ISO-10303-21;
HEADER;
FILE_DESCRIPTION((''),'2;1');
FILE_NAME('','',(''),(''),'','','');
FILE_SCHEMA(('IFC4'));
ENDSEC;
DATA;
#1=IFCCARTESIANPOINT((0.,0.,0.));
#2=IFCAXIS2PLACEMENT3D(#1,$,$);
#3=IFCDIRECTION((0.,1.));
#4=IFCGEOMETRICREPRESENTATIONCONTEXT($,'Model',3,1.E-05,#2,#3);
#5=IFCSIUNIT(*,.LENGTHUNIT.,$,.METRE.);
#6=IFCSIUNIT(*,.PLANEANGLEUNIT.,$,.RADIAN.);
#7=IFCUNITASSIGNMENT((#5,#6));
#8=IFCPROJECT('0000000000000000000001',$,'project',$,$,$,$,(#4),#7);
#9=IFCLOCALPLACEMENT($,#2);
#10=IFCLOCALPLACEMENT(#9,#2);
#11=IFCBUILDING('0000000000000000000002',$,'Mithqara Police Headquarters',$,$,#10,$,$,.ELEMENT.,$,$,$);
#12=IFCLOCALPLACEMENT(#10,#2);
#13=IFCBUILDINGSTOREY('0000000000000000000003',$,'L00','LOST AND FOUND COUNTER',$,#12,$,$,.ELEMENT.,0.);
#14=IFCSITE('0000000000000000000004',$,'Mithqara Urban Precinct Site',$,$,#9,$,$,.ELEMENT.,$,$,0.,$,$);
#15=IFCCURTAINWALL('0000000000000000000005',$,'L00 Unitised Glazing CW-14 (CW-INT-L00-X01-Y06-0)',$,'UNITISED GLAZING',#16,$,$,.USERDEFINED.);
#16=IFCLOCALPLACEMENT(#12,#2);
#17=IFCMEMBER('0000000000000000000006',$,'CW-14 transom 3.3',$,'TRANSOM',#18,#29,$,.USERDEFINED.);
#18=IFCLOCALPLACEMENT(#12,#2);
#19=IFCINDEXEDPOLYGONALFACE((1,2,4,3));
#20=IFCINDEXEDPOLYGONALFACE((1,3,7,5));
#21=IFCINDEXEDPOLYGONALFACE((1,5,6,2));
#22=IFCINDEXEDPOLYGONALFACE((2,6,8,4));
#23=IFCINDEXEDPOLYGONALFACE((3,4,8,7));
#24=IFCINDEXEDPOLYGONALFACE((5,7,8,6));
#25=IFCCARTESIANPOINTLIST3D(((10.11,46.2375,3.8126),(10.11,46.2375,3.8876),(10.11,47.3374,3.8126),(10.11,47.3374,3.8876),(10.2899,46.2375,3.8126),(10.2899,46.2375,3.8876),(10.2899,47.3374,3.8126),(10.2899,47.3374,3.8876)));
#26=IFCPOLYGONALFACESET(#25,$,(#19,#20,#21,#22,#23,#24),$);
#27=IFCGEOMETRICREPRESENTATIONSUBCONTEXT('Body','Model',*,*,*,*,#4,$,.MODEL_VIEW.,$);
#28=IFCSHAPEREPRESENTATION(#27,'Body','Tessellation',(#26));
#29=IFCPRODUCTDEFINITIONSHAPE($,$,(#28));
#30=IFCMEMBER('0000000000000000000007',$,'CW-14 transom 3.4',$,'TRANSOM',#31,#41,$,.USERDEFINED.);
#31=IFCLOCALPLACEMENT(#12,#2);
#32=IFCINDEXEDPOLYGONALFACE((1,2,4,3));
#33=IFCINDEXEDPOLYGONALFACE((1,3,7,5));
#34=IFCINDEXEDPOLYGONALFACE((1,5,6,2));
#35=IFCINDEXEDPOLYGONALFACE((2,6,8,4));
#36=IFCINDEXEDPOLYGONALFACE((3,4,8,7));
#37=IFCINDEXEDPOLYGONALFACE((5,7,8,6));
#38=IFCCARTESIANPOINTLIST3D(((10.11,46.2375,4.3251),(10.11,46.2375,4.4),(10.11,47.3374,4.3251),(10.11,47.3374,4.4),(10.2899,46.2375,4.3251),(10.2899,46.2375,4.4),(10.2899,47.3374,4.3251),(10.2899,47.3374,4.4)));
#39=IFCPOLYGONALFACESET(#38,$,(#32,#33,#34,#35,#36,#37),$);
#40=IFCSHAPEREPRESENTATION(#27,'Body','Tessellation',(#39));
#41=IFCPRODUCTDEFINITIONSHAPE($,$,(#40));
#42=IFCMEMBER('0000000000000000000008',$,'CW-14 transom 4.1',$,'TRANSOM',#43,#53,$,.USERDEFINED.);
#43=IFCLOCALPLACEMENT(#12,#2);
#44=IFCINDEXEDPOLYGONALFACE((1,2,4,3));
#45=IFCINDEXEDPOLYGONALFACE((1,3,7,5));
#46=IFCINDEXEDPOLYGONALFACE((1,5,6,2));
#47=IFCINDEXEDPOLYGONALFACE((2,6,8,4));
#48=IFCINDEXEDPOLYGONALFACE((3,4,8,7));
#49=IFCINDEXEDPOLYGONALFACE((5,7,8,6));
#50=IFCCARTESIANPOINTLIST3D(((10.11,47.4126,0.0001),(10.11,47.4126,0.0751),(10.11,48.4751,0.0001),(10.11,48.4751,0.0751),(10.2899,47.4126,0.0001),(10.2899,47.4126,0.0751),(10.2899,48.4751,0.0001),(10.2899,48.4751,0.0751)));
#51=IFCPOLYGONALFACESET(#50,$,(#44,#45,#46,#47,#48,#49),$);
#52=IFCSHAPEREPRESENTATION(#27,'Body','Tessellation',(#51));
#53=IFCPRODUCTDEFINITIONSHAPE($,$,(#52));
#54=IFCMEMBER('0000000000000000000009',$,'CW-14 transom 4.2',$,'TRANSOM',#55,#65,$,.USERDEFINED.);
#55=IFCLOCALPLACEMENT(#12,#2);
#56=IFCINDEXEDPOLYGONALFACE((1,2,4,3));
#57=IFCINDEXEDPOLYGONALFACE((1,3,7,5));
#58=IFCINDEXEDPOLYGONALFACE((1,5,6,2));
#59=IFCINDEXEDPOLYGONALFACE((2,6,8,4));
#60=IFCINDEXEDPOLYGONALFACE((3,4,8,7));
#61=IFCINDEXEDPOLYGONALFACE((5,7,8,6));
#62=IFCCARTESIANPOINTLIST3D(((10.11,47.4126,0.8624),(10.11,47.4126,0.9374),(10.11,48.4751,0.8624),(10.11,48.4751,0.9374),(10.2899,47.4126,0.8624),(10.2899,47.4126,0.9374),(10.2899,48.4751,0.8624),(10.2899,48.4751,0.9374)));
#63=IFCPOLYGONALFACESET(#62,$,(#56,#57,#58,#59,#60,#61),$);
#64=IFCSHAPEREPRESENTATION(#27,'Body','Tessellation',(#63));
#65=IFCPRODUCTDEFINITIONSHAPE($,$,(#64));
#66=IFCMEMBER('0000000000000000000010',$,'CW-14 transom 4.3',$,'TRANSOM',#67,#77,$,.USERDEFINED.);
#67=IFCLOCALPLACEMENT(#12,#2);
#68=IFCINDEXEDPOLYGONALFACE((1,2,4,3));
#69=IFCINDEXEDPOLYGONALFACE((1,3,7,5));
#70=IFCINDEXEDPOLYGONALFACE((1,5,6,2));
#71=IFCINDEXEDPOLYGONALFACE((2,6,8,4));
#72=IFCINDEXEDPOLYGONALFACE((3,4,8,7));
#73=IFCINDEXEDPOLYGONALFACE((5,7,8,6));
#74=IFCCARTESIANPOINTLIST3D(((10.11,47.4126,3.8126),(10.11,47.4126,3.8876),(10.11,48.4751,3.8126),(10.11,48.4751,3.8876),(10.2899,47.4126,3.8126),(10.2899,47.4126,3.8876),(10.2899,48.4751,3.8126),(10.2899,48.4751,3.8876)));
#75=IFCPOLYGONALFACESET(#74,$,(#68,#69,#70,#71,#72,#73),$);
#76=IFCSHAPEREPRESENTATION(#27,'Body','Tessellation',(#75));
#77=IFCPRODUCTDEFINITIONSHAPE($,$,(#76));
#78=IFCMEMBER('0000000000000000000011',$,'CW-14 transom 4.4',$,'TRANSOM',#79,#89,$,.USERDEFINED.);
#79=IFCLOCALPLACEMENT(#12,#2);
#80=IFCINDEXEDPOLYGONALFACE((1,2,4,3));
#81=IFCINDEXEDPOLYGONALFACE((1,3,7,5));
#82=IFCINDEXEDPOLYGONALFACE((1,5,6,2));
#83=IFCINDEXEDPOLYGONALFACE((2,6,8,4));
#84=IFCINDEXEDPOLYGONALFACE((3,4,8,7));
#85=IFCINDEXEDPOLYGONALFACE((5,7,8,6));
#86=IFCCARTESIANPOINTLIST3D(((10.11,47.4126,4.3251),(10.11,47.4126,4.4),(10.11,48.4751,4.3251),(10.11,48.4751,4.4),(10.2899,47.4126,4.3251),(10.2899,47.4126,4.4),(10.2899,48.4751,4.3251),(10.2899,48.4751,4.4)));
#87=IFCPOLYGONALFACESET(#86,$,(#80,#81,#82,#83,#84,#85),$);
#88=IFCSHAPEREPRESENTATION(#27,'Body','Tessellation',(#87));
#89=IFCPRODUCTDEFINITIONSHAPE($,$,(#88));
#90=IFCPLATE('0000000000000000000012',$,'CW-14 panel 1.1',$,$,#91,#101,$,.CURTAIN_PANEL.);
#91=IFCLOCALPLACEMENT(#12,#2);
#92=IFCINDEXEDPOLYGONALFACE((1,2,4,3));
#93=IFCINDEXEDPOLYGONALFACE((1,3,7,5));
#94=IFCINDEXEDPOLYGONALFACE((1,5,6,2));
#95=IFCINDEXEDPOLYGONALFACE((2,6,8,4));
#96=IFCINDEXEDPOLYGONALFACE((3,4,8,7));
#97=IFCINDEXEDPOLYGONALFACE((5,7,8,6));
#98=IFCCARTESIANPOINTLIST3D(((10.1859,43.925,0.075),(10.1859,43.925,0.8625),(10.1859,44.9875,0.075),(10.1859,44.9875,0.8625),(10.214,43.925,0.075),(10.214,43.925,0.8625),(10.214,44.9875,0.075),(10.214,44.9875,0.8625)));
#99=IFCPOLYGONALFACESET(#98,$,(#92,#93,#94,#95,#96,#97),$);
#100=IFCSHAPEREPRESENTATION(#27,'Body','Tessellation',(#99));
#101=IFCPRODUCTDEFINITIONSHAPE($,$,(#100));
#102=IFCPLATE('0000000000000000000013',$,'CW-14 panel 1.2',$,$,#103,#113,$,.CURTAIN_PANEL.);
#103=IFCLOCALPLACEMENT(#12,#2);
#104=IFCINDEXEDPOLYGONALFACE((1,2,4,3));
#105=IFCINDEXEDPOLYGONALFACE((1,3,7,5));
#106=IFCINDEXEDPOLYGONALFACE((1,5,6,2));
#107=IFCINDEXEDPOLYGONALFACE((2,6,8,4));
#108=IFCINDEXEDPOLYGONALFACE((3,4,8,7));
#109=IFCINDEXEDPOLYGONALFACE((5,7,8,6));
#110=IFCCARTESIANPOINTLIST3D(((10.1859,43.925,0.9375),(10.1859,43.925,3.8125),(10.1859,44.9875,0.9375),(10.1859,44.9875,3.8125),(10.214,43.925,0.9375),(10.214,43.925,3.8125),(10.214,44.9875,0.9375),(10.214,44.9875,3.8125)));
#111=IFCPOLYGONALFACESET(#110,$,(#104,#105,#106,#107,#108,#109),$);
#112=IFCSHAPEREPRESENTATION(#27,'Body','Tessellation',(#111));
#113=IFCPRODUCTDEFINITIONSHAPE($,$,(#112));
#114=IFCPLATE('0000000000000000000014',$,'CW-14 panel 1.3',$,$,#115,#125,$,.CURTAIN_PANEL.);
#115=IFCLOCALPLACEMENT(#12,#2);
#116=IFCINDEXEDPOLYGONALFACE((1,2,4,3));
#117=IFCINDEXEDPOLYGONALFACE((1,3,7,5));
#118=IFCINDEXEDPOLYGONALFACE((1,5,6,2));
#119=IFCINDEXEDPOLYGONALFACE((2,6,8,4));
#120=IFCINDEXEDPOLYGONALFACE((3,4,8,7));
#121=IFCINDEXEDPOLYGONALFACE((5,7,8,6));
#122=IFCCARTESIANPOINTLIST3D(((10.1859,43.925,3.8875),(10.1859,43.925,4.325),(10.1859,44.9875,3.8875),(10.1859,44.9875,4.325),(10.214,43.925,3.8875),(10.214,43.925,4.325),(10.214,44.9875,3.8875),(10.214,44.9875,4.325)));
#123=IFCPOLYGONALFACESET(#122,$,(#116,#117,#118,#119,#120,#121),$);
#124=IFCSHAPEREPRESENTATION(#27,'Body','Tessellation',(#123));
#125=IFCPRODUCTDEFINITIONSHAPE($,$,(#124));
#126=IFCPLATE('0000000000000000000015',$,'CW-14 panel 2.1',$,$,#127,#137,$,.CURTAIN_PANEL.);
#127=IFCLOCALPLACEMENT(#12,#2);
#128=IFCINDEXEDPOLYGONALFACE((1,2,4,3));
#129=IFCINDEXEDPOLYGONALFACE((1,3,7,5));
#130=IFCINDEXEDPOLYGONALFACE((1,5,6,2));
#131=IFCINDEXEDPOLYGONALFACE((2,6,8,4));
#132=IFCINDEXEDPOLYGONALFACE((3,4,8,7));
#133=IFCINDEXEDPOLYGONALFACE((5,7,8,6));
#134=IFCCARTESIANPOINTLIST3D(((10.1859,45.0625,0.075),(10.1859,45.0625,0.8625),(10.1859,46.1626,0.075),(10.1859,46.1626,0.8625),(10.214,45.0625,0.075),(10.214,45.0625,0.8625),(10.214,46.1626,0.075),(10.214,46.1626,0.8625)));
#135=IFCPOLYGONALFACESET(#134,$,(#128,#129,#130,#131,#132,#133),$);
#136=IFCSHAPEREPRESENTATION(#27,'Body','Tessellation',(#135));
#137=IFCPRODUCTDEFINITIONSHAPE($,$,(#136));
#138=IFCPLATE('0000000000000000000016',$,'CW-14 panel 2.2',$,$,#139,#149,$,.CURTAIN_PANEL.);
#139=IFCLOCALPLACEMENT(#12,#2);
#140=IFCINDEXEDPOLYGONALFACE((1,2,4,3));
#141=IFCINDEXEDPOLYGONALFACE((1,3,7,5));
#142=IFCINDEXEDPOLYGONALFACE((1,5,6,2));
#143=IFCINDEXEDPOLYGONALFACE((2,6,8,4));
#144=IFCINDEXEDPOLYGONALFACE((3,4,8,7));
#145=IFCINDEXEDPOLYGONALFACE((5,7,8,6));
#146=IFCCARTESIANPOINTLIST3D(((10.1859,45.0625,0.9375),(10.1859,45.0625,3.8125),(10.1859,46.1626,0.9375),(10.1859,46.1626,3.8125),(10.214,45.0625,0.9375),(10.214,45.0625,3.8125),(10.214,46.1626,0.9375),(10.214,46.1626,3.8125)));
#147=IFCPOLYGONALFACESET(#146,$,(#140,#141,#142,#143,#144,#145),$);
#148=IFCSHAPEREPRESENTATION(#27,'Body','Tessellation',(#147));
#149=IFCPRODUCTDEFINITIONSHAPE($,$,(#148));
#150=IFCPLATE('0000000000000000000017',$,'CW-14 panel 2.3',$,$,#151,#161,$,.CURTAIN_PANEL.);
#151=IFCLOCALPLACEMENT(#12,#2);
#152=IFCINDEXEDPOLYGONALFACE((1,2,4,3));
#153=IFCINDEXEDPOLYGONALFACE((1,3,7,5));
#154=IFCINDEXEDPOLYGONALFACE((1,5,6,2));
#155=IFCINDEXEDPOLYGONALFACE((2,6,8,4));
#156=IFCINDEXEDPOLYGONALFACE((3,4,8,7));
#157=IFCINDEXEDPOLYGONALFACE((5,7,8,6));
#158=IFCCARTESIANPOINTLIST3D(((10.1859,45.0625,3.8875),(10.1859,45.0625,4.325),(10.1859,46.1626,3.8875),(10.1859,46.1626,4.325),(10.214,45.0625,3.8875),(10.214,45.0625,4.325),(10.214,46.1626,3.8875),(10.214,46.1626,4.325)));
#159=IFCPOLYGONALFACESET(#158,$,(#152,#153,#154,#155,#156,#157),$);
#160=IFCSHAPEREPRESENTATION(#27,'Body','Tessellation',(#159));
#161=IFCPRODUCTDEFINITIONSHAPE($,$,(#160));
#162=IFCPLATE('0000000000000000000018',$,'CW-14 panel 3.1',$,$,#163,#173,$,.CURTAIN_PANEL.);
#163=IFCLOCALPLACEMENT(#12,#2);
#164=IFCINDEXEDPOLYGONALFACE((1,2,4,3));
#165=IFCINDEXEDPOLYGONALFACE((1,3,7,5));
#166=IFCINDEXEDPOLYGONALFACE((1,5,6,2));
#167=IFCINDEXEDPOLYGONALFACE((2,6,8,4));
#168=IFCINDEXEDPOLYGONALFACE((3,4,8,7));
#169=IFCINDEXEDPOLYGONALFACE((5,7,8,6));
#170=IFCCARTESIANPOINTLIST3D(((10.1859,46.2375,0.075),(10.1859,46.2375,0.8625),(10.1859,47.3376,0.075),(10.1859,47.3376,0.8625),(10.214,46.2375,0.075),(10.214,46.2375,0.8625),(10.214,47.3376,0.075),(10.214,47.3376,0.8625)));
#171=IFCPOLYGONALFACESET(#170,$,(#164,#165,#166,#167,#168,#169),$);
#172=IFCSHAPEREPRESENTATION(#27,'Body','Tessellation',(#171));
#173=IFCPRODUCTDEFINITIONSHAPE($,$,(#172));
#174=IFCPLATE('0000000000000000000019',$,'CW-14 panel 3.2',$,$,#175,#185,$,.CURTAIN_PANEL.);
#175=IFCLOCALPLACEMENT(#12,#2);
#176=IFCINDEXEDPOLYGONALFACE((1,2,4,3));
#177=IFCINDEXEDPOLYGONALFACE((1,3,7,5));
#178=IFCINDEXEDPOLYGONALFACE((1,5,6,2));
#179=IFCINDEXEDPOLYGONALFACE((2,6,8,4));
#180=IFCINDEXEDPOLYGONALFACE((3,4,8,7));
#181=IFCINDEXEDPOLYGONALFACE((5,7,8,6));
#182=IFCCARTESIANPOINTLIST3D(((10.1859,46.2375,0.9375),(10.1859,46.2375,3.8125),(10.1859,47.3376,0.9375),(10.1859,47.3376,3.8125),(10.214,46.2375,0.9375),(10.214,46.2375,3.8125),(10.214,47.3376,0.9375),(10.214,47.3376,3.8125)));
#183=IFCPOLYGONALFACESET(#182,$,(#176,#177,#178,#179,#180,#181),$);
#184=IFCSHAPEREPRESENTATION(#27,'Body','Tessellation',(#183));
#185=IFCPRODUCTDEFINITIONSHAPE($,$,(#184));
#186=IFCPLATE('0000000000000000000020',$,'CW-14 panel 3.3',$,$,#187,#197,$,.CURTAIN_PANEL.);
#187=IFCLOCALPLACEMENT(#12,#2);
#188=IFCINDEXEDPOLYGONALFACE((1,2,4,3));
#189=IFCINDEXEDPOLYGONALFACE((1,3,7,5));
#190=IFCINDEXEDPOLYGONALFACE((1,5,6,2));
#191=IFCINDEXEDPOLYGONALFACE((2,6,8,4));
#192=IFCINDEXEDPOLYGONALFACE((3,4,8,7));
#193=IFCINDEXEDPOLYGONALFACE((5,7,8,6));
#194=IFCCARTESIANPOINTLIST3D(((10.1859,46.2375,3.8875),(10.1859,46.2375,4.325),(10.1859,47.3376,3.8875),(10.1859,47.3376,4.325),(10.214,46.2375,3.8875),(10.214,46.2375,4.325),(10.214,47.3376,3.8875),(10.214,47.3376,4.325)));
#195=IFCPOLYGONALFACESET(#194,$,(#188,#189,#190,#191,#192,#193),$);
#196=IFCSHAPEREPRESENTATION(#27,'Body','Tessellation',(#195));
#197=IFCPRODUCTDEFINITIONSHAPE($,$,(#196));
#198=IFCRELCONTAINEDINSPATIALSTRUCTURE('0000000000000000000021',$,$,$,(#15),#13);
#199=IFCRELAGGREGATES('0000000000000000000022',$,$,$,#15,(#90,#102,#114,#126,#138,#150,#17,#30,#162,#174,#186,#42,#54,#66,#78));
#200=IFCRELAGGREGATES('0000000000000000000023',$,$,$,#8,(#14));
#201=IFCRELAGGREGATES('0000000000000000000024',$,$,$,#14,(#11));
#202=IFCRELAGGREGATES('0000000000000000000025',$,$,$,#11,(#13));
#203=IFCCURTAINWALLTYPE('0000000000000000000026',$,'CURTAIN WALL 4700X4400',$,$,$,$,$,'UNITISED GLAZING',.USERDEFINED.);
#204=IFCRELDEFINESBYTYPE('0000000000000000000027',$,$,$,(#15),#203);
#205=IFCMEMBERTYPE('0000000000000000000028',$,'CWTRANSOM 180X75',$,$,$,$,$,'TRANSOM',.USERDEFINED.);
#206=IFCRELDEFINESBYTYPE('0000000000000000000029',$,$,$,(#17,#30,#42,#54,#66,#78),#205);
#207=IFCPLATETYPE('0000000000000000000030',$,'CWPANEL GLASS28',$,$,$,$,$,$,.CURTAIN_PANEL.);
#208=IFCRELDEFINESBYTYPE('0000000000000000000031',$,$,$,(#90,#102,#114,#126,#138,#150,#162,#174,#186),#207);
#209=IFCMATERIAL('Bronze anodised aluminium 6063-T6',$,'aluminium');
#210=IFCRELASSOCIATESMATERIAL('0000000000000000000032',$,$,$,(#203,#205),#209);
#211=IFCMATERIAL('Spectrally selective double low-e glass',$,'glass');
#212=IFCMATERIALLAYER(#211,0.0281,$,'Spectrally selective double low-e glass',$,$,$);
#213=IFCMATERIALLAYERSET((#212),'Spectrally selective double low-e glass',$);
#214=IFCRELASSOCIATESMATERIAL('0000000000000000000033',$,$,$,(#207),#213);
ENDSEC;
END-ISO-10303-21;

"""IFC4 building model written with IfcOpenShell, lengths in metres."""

from ifc_helpers import new_model, si_unit, direction, frame, origin, origin_2d, place, context, subcontext, project, spatial, rectangle, extrude, material, layer, layer_set, material_profile, profile_set, type_object, element, aggregate, save


model = new_model("IFC4")

# Units and contexts
model_context = context("Model", 3, precision=1e-05, world=origin(), true_north=direction((0.0, 1.0)))
body_context = subcontext(model_context, "Body", "Model", "MODEL_VIEW")
ifc_project = project(units=[si_unit("LENGTHUNIT", "METRE"), si_unit("PLANEANGLEUNIT", "RADIAN")], contexts=[model_context])

# Site, building, storey
site_placement = place(None, origin())
site = spatial("IfcSite", under=ifc_project, at=site_placement, Name="Mithqara Urban Precinct Site", CompositionType="ELEMENT", RefElevation=0.0)
building_placement = place(site_placement, origin())
building = spatial("IfcBuilding", under=site, at=building_placement, Name="Mithqara Police Headquarters", CompositionType="ELEMENT")
storey_placement = place(building_placement, origin())
storey = spatial("IfcBuildingStorey", under=building, at=storey_placement, Name="L00", Description="LOST AND FOUND COUNTER", CompositionType="ELEMENT", Elevation=0.0)

# Shared definitions
ifc_material_1 = material(Name="Bronze anodised aluminium 6063-T6", Category="aluminium")
curtain_wall_type = type_object("IfcCurtainWallType", Name="CURTAIN WALL 4700X4400", ElementType="UNITISED GLAZING", PredefinedType="USERDEFINED", material=ifc_material_1)

# Curtain wall, members, plates
curtain_wall_1_placement = place(storey_placement, origin())
curtain_wall_1 = element("IfcCurtainWall", 1, at=curtain_wall_1_placement, inside=storey, type_object=curtain_wall_type, Name="L00 Unitised Glazing CW-14 (CW-INT-L00-X01-Y06-0)", ObjectType="UNITISED GLAZING", PredefinedType="USERDEFINED")
ifc_material_profile_1 = material_profile(ifc_material_1, rectangle(XDim=0.1799, YDim=0.075, at=origin_2d()), Name="CWT 180x75")
ifc_profile_set_1 = profile_set([ifc_material_profile_1], Name="Bronze anodised aluminium 6063-T6")
member_type_1 = type_object("IfcMemberType", Name="CWTRANSOM 180X75", ElementType="TRANSOM", PredefinedType="USERDEFINED", material=ifc_profile_set_1)
member_1_placement = place(storey_placement, frame((10.2, 46.2375, 3.8501), z_axis=(0.0, 1.0, 0.0), x_axis=(-1.0, 0.0, 0.0)))
member_1 = element("IfcMember", 2, at=member_1_placement, type_object=member_type_1, Name="CW-14 transom 3.3", ObjectType="TRANSOM", PredefinedType="USERDEFINED", context=body_context, shape_type="SweptSolid", body=[
    extrude(rectangle(XDim=0.1799, YDim=0.075, at=origin_2d()), origin(), (0.0, 0.0, 1.0), 1.0999),
])
member_2_placement = place(storey_placement, frame((10.2, 46.2375, 4.3625), z_axis=(0.0, 1.0, 0.0), x_axis=(-1.0, 0.0, 0.0)))
member_2 = element("IfcMember", 3, at=member_2_placement, type_object=member_type_1, Name="CW-14 transom 3.4", ObjectType="TRANSOM", PredefinedType="USERDEFINED", context=body_context, shape_type="SweptSolid", body=[
    extrude(rectangle(XDim=0.1799, YDim=0.075, at=origin_2d()), origin(), (0.0, 0.0, 1.0), 1.0999),
])
member_3_placement = place(storey_placement, frame((10.2, 47.4126, 0.0376), z_axis=(0.0, 1.0, 0.0), x_axis=(-1.0, 0.0, 0.0)))
member_3 = element("IfcMember", 4, at=member_3_placement, type_object=member_type_1, Name="CW-14 transom 4.1", ObjectType="TRANSOM", PredefinedType="USERDEFINED", context=body_context, shape_type="SweptSolid", body=[
    extrude(rectangle(XDim=0.1799, YDim=0.075, at=origin_2d()), origin(), (0.0, 0.0, 1.0), 1.0625),
])
member_4_placement = place(storey_placement, frame((10.2, 47.4126, 0.8999), z_axis=(0.0, 1.0, 0.0), x_axis=(-1.0, 0.0, 0.0)))
member_4 = element("IfcMember", 5, at=member_4_placement, type_object=member_type_1, Name="CW-14 transom 4.2", ObjectType="TRANSOM", PredefinedType="USERDEFINED", context=body_context, shape_type="SweptSolid", body=[
    extrude(rectangle(XDim=0.1799, YDim=0.075, at=origin_2d()), origin(), (0.0, 0.0, 1.0), 1.0625),
])
member_5_placement = place(storey_placement, frame((10.2, 47.4126, 3.8501), z_axis=(0.0, 1.0, 0.0), x_axis=(-1.0, 0.0, 0.0)))
member_5 = element("IfcMember", 6, at=member_5_placement, type_object=member_type_1, Name="CW-14 transom 4.3", ObjectType="TRANSOM", PredefinedType="USERDEFINED", context=body_context, shape_type="SweptSolid", body=[
    extrude(rectangle(XDim=0.1799, YDim=0.075, at=origin_2d()), origin(), (0.0, 0.0, 1.0), 1.0625),
])
member_6_placement = place(storey_placement, frame((10.2, 47.4126, 4.3625), z_axis=(0.0, 1.0, 0.0), x_axis=(-1.0, 0.0, 0.0)))
member_6 = element("IfcMember", 7, at=member_6_placement, type_object=member_type_1, Name="CW-14 transom 4.4", ObjectType="TRANSOM", PredefinedType="USERDEFINED", context=body_context, shape_type="SweptSolid", body=[
    extrude(rectangle(XDim=0.1799, YDim=0.075, at=origin_2d()), origin(), (0.0, 0.0, 1.0), 1.0625),
])
ifc_material_2 = material(Name="Spectrally selective double low-e glass", Category="glass")
ifc_layer_1 = layer(ifc_material_2, 0.0281, Name="Spectrally selective double low-e glass")
ifc_layer_set_1 = layer_set([ifc_layer_1], Name="Spectrally selective double low-e glass")
plate_type_1 = type_object("IfcPlateType", Name="CWPANEL GLASS28", PredefinedType="CURTAIN_PANEL", material=ifc_layer_set_1)
plate_1_placement = place(storey_placement, frame((10.2, 44.4563, 0.075), z_axis=(0.0, 0.0, 1.0), x_axis=(0.0, 1.0, 0.0)))
plate_1 = element("IfcPlate", 8, at=plate_1_placement, type_object=plate_type_1, Name="CW-14 panel 1.1", PredefinedType="CURTAIN_PANEL", context=body_context, shape_type="SweptSolid", body=[
    extrude(rectangle(XDim=1.0625, YDim=0.0281, at=origin_2d()), origin(), (0.0, 0.0, 1.0), 0.7876),
])
plate_2_placement = place(storey_placement, frame((10.2, 44.4563, 0.9375), z_axis=(0.0, 0.0, 1.0), x_axis=(0.0, 1.0, 0.0)))
plate_2 = element("IfcPlate", 9, at=plate_2_placement, type_object=plate_type_1, Name="CW-14 panel 1.2", PredefinedType="CURTAIN_PANEL", context=body_context, shape_type="SweptSolid", body=[
    extrude(rectangle(XDim=1.0625, YDim=0.0281, at=origin_2d()), origin(), (0.0, 0.0, 1.0), 2.875),
])
plate_3_placement = place(storey_placement, frame((10.2, 44.4563, 3.8875), z_axis=(0.0, 0.0, 1.0), x_axis=(0.0, 1.0, 0.0)))
plate_3 = element("IfcPlate", 10, at=plate_3_placement, type_object=plate_type_1, Name="CW-14 panel 1.3", PredefinedType="CURTAIN_PANEL", context=body_context, shape_type="SweptSolid", body=[
    extrude(rectangle(XDim=1.0625, YDim=0.0281, at=origin_2d()), origin(), (0.0, 0.0, 1.0), 0.4375),
])
plate_4_placement = place(storey_placement, frame((10.2, 45.6125, 0.075), z_axis=(0.0, 0.0, 1.0), x_axis=(0.0, 1.0, 0.0)))
plate_4 = element("IfcPlate", 11, at=plate_4_placement, type_object=plate_type_1, Name="CW-14 panel 2.1", PredefinedType="CURTAIN_PANEL", context=body_context, shape_type="SweptSolid", body=[
    extrude(rectangle(XDim=1.1001, YDim=0.0281, at=origin_2d()), origin(), (0.0, 0.0, 1.0), 0.7876),
])
plate_5_placement = place(storey_placement, frame((10.2, 45.6125, 0.9375), z_axis=(0.0, 0.0, 1.0), x_axis=(0.0, 1.0, 0.0)))
plate_5 = element("IfcPlate", 12, at=plate_5_placement, type_object=plate_type_1, Name="CW-14 panel 2.2", PredefinedType="CURTAIN_PANEL", context=body_context, shape_type="SweptSolid", body=[
    extrude(rectangle(XDim=1.1001, YDim=0.0281, at=origin_2d()), origin(), (0.0, 0.0, 1.0), 2.875),
])
plate_6_placement = place(storey_placement, frame((10.2, 45.6125, 3.8875), z_axis=(0.0, 0.0, 1.0), x_axis=(0.0, 1.0, 0.0)))
plate_6 = element("IfcPlate", 13, at=plate_6_placement, type_object=plate_type_1, Name="CW-14 panel 2.3", PredefinedType="CURTAIN_PANEL", context=body_context, shape_type="SweptSolid", body=[
    extrude(rectangle(XDim=1.1001, YDim=0.0281, at=origin_2d()), origin(), (0.0, 0.0, 1.0), 0.4375),
])
plate_7_placement = place(storey_placement, frame((10.2, 46.7876, 0.075), z_axis=(0.0, 0.0, 1.0), x_axis=(0.0, 1.0, 0.0)))
plate_7 = element("IfcPlate", 14, at=plate_7_placement, type_object=plate_type_1, Name="CW-14 panel 3.1", PredefinedType="CURTAIN_PANEL", context=body_context, shape_type="SweptSolid", body=[
    extrude(rectangle(XDim=1.1001, YDim=0.0281, at=origin_2d()), origin(), (0.0, 0.0, 1.0), 0.7876),
])
plate_8_placement = place(storey_placement, frame((10.2, 46.7876, 0.9375), z_axis=(0.0, 0.0, 1.0), x_axis=(0.0, 1.0, 0.0)))
plate_8 = element("IfcPlate", 15, at=plate_8_placement, type_object=plate_type_1, Name="CW-14 panel 3.2", PredefinedType="CURTAIN_PANEL", context=body_context, shape_type="SweptSolid", body=[
    extrude(rectangle(XDim=1.1001, YDim=0.0281, at=origin_2d()), origin(), (0.0, 0.0, 1.0), 2.875),
])
plate_9_placement = place(storey_placement, frame((10.2, 46.7876, 3.8875), z_axis=(0.0, 0.0, 1.0), x_axis=(0.0, 1.0, 0.0)))
plate_9 = element("IfcPlate", 16, at=plate_9_placement, type_object=plate_type_1, Name="CW-14 panel 3.3", PredefinedType="CURTAIN_PANEL", context=body_context, shape_type="SweptSolid", body=[
    extrude(rectangle(XDim=1.1001, YDim=0.0281, at=origin_2d()), origin(), (0.0, 0.0, 1.0), 0.4375),
])
aggregate(curtain_wall_1, [plate_1, plate_2, plate_3, plate_4, plate_5, plate_6, member_1, member_2, plate_7, plate_8, plate_9, member_3, member_4, member_5, member_6])

save(model, "model.ifc")
